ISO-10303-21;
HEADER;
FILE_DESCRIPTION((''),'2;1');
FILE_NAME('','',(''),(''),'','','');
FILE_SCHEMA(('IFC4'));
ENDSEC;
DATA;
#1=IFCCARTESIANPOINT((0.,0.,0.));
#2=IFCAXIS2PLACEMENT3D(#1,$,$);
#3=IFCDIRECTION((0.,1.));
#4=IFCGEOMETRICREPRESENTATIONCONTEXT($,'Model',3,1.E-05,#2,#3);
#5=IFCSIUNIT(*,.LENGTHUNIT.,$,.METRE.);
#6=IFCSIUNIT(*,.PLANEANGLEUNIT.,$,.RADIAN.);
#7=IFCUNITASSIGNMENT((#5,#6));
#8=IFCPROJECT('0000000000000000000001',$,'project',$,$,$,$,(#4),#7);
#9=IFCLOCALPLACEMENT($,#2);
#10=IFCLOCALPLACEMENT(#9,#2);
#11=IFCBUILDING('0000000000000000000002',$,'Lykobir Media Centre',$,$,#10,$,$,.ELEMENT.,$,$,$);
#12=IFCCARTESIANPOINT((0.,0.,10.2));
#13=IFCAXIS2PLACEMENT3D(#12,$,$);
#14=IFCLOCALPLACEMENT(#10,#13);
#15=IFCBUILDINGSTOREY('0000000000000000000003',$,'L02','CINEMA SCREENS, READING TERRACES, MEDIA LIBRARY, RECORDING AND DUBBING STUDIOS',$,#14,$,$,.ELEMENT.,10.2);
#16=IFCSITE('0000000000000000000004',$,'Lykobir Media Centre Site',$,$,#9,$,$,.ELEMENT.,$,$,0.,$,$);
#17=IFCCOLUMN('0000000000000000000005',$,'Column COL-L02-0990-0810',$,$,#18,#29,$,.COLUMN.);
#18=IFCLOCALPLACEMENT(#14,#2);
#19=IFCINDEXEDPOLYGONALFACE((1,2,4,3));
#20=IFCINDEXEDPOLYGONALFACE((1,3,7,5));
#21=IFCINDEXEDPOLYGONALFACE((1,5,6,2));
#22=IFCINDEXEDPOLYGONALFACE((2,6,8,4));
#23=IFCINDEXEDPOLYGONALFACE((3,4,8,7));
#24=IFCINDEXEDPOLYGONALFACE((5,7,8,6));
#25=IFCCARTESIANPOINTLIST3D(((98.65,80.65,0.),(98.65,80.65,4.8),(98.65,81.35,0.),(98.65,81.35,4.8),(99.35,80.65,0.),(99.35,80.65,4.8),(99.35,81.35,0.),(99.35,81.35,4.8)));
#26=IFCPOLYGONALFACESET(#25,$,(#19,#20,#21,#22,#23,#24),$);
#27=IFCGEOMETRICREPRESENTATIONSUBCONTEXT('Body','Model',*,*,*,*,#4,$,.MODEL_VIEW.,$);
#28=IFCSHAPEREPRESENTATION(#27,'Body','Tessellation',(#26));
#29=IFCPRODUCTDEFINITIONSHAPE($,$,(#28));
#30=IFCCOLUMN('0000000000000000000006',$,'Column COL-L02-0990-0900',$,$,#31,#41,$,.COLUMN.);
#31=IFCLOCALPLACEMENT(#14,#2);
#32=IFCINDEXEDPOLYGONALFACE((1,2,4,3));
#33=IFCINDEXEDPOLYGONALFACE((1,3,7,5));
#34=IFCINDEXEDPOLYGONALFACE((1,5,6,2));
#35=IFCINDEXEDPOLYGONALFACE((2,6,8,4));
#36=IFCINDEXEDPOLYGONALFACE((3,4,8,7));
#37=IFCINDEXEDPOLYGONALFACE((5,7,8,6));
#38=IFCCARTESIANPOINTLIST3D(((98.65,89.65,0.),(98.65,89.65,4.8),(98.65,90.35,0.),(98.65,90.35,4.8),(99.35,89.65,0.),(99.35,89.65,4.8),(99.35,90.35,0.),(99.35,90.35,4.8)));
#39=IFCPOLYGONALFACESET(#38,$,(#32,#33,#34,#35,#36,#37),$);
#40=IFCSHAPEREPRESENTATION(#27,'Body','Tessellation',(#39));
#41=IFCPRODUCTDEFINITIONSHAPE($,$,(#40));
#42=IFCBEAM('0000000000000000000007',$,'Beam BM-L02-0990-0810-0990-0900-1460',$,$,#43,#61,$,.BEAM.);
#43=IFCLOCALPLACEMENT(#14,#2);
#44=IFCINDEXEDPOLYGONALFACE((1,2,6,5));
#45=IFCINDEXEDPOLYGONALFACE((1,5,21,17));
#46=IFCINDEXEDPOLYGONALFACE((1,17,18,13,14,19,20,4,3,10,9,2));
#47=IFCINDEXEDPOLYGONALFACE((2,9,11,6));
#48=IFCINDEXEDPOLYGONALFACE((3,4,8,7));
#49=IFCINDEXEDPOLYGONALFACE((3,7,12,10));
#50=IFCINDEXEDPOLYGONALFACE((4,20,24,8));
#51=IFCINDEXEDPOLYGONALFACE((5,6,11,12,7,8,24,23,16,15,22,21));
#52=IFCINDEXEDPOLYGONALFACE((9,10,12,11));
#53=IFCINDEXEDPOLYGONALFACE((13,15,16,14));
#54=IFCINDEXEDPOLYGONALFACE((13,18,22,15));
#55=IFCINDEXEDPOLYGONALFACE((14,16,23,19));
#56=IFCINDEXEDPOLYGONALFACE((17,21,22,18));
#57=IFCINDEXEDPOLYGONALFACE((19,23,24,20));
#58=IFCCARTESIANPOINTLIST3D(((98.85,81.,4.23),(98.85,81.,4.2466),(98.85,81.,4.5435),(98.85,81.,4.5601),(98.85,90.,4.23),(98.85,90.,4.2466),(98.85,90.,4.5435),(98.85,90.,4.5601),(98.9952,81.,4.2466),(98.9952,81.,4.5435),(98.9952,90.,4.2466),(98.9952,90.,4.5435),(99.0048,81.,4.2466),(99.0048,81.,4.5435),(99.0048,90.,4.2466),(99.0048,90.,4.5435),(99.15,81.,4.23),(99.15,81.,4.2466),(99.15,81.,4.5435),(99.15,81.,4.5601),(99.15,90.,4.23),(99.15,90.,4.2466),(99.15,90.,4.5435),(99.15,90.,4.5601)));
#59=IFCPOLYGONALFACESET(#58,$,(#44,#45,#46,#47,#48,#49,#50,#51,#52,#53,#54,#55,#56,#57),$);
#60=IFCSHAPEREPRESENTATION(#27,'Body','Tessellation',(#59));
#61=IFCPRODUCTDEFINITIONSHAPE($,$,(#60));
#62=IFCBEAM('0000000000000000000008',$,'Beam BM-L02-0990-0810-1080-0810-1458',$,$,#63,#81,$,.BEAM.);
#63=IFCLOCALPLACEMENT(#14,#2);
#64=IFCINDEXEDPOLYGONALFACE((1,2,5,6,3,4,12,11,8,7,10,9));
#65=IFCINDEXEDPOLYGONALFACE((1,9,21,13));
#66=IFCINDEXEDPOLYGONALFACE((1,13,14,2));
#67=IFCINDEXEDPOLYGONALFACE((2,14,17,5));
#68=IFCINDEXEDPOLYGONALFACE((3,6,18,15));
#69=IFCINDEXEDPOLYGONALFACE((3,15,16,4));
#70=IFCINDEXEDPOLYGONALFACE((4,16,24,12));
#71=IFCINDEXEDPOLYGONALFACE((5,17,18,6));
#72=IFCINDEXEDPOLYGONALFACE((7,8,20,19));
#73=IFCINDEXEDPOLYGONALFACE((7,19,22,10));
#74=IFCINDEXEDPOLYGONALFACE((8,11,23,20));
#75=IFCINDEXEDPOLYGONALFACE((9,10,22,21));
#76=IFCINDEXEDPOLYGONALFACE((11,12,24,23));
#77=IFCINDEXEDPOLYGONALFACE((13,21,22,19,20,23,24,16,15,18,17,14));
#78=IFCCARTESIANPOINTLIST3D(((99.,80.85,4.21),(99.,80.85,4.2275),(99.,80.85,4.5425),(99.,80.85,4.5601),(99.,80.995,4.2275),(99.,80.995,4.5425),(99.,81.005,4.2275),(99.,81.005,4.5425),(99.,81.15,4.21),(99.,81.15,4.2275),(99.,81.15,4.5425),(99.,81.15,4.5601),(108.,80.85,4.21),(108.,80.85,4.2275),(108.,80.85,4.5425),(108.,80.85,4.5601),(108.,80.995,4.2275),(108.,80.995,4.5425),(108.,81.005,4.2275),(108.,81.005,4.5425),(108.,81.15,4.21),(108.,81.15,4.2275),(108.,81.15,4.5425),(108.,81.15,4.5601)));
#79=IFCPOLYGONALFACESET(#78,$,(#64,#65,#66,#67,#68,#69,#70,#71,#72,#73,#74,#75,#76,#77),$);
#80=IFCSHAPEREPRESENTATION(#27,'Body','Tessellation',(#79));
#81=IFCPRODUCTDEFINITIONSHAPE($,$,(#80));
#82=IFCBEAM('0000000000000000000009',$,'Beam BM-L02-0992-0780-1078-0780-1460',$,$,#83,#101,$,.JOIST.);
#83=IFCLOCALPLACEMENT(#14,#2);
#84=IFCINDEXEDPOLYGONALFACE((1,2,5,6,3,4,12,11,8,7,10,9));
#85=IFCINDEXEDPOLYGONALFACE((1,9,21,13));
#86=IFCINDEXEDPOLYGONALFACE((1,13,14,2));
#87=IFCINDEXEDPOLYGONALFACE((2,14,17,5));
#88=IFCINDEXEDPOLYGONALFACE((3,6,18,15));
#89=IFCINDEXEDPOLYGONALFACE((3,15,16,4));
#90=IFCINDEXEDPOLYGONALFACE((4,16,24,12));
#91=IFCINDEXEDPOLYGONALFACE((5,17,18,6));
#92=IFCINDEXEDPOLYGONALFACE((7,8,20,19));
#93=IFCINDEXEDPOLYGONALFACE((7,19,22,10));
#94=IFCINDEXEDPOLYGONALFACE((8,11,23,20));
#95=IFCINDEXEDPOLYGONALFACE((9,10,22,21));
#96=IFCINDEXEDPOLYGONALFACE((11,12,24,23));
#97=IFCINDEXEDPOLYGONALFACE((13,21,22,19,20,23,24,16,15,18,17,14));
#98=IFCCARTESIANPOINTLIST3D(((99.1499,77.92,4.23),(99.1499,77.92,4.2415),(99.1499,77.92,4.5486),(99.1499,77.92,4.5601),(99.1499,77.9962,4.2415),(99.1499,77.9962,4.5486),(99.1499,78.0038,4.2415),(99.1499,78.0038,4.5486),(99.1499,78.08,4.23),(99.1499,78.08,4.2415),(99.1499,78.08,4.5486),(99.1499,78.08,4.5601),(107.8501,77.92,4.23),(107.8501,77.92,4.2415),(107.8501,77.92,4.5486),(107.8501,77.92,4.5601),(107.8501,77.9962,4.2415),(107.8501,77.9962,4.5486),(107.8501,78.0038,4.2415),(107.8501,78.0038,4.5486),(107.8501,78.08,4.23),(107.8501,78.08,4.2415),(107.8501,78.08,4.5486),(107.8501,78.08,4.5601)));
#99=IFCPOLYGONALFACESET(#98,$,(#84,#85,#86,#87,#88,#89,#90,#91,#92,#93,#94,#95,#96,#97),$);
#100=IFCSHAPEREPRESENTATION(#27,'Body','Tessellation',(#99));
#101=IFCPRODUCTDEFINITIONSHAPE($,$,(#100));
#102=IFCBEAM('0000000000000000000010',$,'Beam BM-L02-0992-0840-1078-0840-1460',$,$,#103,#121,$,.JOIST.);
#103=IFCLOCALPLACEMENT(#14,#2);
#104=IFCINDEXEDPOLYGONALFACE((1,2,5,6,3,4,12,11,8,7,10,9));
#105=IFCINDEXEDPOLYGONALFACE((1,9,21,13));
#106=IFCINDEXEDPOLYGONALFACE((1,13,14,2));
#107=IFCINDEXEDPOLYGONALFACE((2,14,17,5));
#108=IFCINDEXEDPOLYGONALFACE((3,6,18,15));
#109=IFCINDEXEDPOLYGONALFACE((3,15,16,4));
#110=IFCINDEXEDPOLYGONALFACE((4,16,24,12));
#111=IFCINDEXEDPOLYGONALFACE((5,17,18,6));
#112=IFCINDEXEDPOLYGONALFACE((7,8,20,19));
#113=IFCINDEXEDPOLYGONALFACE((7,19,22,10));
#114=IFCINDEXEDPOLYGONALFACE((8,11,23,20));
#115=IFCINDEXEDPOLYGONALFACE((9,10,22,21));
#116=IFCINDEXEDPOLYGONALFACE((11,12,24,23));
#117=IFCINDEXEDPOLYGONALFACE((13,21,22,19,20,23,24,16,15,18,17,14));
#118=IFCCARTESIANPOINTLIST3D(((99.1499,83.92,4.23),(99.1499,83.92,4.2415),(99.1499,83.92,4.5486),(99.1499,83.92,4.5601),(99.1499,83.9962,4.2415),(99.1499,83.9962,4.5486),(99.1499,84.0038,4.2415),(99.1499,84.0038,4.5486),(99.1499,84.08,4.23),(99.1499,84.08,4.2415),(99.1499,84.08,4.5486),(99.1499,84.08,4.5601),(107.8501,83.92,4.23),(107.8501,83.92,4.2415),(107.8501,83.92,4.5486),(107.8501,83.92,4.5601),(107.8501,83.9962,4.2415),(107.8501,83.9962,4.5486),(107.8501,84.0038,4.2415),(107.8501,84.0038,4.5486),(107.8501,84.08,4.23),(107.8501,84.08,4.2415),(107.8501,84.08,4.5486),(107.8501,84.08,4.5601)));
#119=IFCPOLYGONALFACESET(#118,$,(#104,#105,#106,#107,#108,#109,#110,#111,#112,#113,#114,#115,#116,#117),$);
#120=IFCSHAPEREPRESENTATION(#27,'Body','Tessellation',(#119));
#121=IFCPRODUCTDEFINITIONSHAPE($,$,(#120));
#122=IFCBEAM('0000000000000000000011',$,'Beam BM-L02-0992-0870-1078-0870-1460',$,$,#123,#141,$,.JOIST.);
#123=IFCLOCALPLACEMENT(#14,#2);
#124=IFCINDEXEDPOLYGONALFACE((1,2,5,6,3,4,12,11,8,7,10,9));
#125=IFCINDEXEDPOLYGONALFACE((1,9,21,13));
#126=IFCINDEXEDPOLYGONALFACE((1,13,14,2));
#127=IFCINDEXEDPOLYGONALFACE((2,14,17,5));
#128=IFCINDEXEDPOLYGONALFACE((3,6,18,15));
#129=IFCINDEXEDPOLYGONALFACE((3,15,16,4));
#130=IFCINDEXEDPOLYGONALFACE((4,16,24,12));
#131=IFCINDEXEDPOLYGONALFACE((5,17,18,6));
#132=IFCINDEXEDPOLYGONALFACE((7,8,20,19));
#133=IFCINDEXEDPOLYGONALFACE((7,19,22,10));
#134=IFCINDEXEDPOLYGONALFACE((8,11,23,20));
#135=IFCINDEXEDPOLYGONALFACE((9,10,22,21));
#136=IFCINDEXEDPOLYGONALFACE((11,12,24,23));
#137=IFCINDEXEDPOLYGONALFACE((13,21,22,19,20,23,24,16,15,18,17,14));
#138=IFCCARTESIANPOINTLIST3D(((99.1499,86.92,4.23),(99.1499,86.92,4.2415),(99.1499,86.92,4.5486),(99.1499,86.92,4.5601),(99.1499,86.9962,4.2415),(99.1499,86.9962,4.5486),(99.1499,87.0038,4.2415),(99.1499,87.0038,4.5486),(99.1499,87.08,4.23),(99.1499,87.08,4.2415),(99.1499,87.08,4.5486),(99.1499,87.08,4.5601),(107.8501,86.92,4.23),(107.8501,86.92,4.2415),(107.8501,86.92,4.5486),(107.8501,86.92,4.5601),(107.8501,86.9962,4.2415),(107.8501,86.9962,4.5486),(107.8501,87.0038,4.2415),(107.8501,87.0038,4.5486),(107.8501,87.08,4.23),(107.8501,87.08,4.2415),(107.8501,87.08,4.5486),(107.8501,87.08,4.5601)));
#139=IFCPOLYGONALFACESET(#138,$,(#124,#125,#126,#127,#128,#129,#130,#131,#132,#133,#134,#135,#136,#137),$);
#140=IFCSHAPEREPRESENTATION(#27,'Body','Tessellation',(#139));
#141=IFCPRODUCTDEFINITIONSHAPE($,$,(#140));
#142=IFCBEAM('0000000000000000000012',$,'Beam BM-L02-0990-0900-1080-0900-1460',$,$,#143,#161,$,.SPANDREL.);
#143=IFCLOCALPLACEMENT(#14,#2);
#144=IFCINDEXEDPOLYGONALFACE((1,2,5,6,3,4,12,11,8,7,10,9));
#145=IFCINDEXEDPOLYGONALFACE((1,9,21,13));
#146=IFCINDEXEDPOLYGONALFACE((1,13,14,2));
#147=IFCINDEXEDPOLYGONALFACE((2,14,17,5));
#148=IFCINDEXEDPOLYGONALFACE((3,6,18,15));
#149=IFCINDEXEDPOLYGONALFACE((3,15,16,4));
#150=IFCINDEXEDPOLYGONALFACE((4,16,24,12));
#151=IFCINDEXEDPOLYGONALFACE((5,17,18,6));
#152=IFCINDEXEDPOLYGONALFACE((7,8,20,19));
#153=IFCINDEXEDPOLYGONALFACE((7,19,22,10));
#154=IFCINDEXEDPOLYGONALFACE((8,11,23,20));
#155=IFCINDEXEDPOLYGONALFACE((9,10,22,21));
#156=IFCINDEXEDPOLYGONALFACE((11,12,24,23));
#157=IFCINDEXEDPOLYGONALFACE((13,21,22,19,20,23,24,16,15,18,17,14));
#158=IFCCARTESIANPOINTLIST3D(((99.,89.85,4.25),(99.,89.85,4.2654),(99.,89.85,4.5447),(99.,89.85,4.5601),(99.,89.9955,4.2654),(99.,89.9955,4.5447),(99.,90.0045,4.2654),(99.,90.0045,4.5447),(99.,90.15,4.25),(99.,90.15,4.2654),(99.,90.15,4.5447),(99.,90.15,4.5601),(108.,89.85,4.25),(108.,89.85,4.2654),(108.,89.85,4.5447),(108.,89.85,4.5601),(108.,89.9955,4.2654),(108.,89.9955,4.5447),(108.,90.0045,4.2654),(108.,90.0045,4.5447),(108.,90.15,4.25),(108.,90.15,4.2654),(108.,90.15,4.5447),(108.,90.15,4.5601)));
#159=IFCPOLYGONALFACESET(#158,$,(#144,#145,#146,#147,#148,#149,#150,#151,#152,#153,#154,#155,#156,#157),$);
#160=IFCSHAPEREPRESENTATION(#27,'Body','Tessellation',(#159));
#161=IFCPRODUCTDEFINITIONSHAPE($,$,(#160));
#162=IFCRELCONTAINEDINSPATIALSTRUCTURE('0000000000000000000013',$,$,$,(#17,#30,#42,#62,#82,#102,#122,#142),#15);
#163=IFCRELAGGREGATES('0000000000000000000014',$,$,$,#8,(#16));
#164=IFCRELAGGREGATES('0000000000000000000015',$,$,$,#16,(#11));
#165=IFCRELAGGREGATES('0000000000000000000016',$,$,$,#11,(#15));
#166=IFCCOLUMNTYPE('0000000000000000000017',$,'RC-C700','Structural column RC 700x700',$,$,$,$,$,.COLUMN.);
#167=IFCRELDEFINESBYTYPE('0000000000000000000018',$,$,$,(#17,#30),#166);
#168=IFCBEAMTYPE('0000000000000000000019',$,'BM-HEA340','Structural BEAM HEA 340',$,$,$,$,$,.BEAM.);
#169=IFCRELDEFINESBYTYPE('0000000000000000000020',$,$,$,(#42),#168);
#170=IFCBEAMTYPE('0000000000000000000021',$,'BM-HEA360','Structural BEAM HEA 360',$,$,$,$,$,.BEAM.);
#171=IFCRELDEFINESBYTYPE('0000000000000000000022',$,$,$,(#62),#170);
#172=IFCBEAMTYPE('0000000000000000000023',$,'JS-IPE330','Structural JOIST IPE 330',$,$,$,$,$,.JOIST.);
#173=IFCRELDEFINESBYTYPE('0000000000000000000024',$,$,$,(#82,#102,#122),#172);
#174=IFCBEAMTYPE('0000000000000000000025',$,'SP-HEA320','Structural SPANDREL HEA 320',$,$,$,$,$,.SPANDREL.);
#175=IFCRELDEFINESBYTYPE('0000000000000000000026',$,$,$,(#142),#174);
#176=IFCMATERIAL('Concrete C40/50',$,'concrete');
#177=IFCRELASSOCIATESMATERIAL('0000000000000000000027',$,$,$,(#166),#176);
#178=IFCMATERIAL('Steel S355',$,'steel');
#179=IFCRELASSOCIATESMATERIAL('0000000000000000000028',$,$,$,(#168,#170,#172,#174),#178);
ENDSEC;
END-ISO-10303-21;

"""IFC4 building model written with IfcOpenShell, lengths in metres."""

from ifc_helpers import new_model, si_unit, direction, frame, origin, origin_2d, place, context, subcontext, project, spatial, rectangle, i_section, extrude, material, material_profile, profile_set, type_object, element, save


model = new_model("IFC4")

# Units and contexts
model_context = context("Model", 3, precision=1e-05, world=origin(), true_north=direction((0.0, 1.0)))
body_context = subcontext(model_context, "Body", "Model", "MODEL_VIEW")
ifc_project = project(units=[si_unit("LENGTHUNIT", "METRE"), si_unit("PLANEANGLEUNIT", "RADIAN")], contexts=[model_context])

# Site, building, storey
site_placement = place(None, origin())
site = spatial("IfcSite", under=ifc_project, at=site_placement, Name="Lykobir Media Centre Site", CompositionType="ELEMENT", RefElevation=0.0)
building_placement = place(site_placement, origin())
building = spatial("IfcBuilding", under=site, at=building_placement, Name="Lykobir Media Centre", CompositionType="ELEMENT")
storey_placement = place(building_placement, frame((0.0, 0.0, 10.2)))
storey = spatial("IfcBuildingStorey", under=building, at=storey_placement, Name="L02", Description="CINEMA SCREENS, READING TERRACES, MEDIA LIBRARY, RECORDING AND DUBBING STUDIOS", CompositionType="ELEMENT", Elevation=10.2)

# Columns
ifc_material_1 = material(Name="Concrete C40/50", Category="concrete")
ifc_material_profile_1 = material_profile(ifc_material_1, rectangle(XDim=0.7, YDim=0.7, at=origin_2d()), Name="RC 700x700")
ifc_profile_set_1 = profile_set([ifc_material_profile_1], Name="Concrete C40/50")
column_type = type_object("IfcColumnType", Name="RC-C700", Description="Structural column RC 700x700", PredefinedType="COLUMN", material=ifc_profile_set_1)
for number, where, z_axis, x_axis, name in (
    (1, (99.0, 81.0, 0.0), (0.0, 0.0, 1.0), (1.0, 0.0, 0.0), "Column COL-L02-0990-0810"),
    (2, (99.0, 90.0, 0.0), (0.0, 0.0, 1.0), (1.0, 0.0, 0.0), "Column COL-L02-0990-0900"),
):
    element("IfcColumn", number, at=place(storey_placement, frame(where, z_axis=z_axis, x_axis=x_axis)), inside=storey, type_object=column_type, Name=name, PredefinedType="COLUMN", context=body_context, shape_type="SweptSolid", body=[
        extrude(rectangle(XDim=0.7, YDim=0.7, at=origin_2d()), origin(), (0.0, 0.0, 1.0), 4.8),
    ])

# Beams
ifc_material_2 = material(Name="Steel S355", Category="steel")
ifc_material_profile_2 = material_profile(ifc_material_2, i_section(OverallWidth=0.3, OverallDepth=0.3301, WebThickness=0.0095, FlangeThickness=0.0166, at=origin_2d()), Name="HEA 340")
ifc_profile_set_2 = profile_set([ifc_material_profile_2], Name="Steel S355")
beam_type_1 = type_object("IfcBeamType", Name="BM-HEA340", Description="Structural BEAM HEA 340", PredefinedType="BEAM", material=ifc_profile_set_2)
beam_1_placement = place(storey_placement, frame((99.0, 81.0, 4.395), z_axis=(0.0, 1.0, 0.0), x_axis=(-1.0, 0.0, 0.0)))
element("IfcBeam", 3, at=beam_1_placement, inside=storey, type_object=beam_type_1, Name="Beam BM-L02-0990-0810-0990-0900-1460", PredefinedType="BEAM", context=body_context, shape_type="SweptSolid", body=[
    extrude(i_section(OverallWidth=0.3, OverallDepth=0.3301, WebThickness=0.0095, FlangeThickness=0.0166, at=origin_2d()), origin(), (0.0, 0.0, 1.0), 9.0),
])
ifc_material_profile_3 = material_profile(ifc_material_2, i_section(OverallWidth=0.3, OverallDepth=0.3501, WebThickness=0.01, FlangeThickness=0.0176, at=origin_2d()), Name="HEA 360")
ifc_profile_set_3 = profile_set([ifc_material_profile_3], Name="Steel S355")
beam_type_2 = type_object("IfcBeamType", Name="BM-HEA360", Description="Structural BEAM HEA 360", PredefinedType="BEAM", material=ifc_profile_set_3)
beam_2_placement = place(storey_placement, frame((99.0, 81.0, 4.385), z_axis=(1.0, 0.0, 0.0), x_axis=(0.0, 1.0, 0.0)))
element("IfcBeam", 4, at=beam_2_placement, inside=storey, type_object=beam_type_2, Name="Beam BM-L02-0990-0810-1080-0810-1458", PredefinedType="BEAM", context=body_context, shape_type="SweptSolid", body=[
    extrude(i_section(OverallWidth=0.3, OverallDepth=0.3501, WebThickness=0.01, FlangeThickness=0.0176, at=origin_2d()), origin(), (0.0, 0.0, 1.0), 9.0),
])
ifc_material_profile_4 = material_profile(ifc_material_2, i_section(OverallWidth=0.1599, OverallDepth=0.3301, WebThickness=0.0076, FlangeThickness=0.0115, at=origin_2d()), Name="IPE 330")
ifc_profile_set_4 = profile_set([ifc_material_profile_4], Name="Steel S355")
beam_type_3 = type_object("IfcBeamType", Name="JS-IPE330", Description="Structural JOIST IPE 330", PredefinedType="JOIST", material=ifc_profile_set_4)
for number, where, z_axis, x_axis, name in (
    (5, (99.1499, 78.0, 4.395), (1.0, 0.0, 0.0), (0.0, 1.0, 0.0), "Beam BM-L02-0992-0780-1078-0780-1460"),
    (6, (99.1499, 84.0, 4.395), (1.0, 0.0, 0.0), (0.0, 1.0, 0.0), "Beam BM-L02-0992-0840-1078-0840-1460"),
    (7, (99.1499, 87.0, 4.395), (1.0, 0.0, 0.0), (0.0, 1.0, 0.0), "Beam BM-L02-0992-0870-1078-0870-1460"),
):
    element("IfcBeam", number, at=place(storey_placement, frame(where, z_axis=z_axis, x_axis=x_axis)), inside=storey, type_object=beam_type_3, Name=name, PredefinedType="JOIST", context=body_context, shape_type="SweptSolid", body=[
        extrude(i_section(OverallWidth=0.1599, OverallDepth=0.3301, WebThickness=0.0076, FlangeThickness=0.0115, at=origin_2d()), origin(), (0.0, 0.0, 1.0), 8.7002),
    ])
ifc_material_profile_5 = material_profile(ifc_material_2, i_section(OverallWidth=0.3, OverallDepth=0.3101, WebThickness=0.009, FlangeThickness=0.0154, at=origin_2d()), Name="HEA 320")
ifc_profile_set_5 = profile_set([ifc_material_profile_5], Name="Steel S355")
beam_type_4 = type_object("IfcBeamType", Name="SP-HEA320", Description="Structural SPANDREL HEA 320", PredefinedType="SPANDREL", material=ifc_profile_set_5)
beam_3_placement = place(storey_placement, frame((99.0, 90.0, 4.405), z_axis=(1.0, 0.0, 0.0), x_axis=(0.0, 1.0, 0.0)))
element("IfcBeam", 8, at=beam_3_placement, inside=storey, type_object=beam_type_4, Name="Beam BM-L02-0990-0900-1080-0900-1460", PredefinedType="SPANDREL", context=body_context, shape_type="SweptSolid", body=[
    extrude(i_section(OverallWidth=0.3, OverallDepth=0.3101, WebThickness=0.009, FlangeThickness=0.0154, at=origin_2d()), origin(), (0.0, 0.0, 1.0), 9.0),
])

save(model, "model.ifc")
